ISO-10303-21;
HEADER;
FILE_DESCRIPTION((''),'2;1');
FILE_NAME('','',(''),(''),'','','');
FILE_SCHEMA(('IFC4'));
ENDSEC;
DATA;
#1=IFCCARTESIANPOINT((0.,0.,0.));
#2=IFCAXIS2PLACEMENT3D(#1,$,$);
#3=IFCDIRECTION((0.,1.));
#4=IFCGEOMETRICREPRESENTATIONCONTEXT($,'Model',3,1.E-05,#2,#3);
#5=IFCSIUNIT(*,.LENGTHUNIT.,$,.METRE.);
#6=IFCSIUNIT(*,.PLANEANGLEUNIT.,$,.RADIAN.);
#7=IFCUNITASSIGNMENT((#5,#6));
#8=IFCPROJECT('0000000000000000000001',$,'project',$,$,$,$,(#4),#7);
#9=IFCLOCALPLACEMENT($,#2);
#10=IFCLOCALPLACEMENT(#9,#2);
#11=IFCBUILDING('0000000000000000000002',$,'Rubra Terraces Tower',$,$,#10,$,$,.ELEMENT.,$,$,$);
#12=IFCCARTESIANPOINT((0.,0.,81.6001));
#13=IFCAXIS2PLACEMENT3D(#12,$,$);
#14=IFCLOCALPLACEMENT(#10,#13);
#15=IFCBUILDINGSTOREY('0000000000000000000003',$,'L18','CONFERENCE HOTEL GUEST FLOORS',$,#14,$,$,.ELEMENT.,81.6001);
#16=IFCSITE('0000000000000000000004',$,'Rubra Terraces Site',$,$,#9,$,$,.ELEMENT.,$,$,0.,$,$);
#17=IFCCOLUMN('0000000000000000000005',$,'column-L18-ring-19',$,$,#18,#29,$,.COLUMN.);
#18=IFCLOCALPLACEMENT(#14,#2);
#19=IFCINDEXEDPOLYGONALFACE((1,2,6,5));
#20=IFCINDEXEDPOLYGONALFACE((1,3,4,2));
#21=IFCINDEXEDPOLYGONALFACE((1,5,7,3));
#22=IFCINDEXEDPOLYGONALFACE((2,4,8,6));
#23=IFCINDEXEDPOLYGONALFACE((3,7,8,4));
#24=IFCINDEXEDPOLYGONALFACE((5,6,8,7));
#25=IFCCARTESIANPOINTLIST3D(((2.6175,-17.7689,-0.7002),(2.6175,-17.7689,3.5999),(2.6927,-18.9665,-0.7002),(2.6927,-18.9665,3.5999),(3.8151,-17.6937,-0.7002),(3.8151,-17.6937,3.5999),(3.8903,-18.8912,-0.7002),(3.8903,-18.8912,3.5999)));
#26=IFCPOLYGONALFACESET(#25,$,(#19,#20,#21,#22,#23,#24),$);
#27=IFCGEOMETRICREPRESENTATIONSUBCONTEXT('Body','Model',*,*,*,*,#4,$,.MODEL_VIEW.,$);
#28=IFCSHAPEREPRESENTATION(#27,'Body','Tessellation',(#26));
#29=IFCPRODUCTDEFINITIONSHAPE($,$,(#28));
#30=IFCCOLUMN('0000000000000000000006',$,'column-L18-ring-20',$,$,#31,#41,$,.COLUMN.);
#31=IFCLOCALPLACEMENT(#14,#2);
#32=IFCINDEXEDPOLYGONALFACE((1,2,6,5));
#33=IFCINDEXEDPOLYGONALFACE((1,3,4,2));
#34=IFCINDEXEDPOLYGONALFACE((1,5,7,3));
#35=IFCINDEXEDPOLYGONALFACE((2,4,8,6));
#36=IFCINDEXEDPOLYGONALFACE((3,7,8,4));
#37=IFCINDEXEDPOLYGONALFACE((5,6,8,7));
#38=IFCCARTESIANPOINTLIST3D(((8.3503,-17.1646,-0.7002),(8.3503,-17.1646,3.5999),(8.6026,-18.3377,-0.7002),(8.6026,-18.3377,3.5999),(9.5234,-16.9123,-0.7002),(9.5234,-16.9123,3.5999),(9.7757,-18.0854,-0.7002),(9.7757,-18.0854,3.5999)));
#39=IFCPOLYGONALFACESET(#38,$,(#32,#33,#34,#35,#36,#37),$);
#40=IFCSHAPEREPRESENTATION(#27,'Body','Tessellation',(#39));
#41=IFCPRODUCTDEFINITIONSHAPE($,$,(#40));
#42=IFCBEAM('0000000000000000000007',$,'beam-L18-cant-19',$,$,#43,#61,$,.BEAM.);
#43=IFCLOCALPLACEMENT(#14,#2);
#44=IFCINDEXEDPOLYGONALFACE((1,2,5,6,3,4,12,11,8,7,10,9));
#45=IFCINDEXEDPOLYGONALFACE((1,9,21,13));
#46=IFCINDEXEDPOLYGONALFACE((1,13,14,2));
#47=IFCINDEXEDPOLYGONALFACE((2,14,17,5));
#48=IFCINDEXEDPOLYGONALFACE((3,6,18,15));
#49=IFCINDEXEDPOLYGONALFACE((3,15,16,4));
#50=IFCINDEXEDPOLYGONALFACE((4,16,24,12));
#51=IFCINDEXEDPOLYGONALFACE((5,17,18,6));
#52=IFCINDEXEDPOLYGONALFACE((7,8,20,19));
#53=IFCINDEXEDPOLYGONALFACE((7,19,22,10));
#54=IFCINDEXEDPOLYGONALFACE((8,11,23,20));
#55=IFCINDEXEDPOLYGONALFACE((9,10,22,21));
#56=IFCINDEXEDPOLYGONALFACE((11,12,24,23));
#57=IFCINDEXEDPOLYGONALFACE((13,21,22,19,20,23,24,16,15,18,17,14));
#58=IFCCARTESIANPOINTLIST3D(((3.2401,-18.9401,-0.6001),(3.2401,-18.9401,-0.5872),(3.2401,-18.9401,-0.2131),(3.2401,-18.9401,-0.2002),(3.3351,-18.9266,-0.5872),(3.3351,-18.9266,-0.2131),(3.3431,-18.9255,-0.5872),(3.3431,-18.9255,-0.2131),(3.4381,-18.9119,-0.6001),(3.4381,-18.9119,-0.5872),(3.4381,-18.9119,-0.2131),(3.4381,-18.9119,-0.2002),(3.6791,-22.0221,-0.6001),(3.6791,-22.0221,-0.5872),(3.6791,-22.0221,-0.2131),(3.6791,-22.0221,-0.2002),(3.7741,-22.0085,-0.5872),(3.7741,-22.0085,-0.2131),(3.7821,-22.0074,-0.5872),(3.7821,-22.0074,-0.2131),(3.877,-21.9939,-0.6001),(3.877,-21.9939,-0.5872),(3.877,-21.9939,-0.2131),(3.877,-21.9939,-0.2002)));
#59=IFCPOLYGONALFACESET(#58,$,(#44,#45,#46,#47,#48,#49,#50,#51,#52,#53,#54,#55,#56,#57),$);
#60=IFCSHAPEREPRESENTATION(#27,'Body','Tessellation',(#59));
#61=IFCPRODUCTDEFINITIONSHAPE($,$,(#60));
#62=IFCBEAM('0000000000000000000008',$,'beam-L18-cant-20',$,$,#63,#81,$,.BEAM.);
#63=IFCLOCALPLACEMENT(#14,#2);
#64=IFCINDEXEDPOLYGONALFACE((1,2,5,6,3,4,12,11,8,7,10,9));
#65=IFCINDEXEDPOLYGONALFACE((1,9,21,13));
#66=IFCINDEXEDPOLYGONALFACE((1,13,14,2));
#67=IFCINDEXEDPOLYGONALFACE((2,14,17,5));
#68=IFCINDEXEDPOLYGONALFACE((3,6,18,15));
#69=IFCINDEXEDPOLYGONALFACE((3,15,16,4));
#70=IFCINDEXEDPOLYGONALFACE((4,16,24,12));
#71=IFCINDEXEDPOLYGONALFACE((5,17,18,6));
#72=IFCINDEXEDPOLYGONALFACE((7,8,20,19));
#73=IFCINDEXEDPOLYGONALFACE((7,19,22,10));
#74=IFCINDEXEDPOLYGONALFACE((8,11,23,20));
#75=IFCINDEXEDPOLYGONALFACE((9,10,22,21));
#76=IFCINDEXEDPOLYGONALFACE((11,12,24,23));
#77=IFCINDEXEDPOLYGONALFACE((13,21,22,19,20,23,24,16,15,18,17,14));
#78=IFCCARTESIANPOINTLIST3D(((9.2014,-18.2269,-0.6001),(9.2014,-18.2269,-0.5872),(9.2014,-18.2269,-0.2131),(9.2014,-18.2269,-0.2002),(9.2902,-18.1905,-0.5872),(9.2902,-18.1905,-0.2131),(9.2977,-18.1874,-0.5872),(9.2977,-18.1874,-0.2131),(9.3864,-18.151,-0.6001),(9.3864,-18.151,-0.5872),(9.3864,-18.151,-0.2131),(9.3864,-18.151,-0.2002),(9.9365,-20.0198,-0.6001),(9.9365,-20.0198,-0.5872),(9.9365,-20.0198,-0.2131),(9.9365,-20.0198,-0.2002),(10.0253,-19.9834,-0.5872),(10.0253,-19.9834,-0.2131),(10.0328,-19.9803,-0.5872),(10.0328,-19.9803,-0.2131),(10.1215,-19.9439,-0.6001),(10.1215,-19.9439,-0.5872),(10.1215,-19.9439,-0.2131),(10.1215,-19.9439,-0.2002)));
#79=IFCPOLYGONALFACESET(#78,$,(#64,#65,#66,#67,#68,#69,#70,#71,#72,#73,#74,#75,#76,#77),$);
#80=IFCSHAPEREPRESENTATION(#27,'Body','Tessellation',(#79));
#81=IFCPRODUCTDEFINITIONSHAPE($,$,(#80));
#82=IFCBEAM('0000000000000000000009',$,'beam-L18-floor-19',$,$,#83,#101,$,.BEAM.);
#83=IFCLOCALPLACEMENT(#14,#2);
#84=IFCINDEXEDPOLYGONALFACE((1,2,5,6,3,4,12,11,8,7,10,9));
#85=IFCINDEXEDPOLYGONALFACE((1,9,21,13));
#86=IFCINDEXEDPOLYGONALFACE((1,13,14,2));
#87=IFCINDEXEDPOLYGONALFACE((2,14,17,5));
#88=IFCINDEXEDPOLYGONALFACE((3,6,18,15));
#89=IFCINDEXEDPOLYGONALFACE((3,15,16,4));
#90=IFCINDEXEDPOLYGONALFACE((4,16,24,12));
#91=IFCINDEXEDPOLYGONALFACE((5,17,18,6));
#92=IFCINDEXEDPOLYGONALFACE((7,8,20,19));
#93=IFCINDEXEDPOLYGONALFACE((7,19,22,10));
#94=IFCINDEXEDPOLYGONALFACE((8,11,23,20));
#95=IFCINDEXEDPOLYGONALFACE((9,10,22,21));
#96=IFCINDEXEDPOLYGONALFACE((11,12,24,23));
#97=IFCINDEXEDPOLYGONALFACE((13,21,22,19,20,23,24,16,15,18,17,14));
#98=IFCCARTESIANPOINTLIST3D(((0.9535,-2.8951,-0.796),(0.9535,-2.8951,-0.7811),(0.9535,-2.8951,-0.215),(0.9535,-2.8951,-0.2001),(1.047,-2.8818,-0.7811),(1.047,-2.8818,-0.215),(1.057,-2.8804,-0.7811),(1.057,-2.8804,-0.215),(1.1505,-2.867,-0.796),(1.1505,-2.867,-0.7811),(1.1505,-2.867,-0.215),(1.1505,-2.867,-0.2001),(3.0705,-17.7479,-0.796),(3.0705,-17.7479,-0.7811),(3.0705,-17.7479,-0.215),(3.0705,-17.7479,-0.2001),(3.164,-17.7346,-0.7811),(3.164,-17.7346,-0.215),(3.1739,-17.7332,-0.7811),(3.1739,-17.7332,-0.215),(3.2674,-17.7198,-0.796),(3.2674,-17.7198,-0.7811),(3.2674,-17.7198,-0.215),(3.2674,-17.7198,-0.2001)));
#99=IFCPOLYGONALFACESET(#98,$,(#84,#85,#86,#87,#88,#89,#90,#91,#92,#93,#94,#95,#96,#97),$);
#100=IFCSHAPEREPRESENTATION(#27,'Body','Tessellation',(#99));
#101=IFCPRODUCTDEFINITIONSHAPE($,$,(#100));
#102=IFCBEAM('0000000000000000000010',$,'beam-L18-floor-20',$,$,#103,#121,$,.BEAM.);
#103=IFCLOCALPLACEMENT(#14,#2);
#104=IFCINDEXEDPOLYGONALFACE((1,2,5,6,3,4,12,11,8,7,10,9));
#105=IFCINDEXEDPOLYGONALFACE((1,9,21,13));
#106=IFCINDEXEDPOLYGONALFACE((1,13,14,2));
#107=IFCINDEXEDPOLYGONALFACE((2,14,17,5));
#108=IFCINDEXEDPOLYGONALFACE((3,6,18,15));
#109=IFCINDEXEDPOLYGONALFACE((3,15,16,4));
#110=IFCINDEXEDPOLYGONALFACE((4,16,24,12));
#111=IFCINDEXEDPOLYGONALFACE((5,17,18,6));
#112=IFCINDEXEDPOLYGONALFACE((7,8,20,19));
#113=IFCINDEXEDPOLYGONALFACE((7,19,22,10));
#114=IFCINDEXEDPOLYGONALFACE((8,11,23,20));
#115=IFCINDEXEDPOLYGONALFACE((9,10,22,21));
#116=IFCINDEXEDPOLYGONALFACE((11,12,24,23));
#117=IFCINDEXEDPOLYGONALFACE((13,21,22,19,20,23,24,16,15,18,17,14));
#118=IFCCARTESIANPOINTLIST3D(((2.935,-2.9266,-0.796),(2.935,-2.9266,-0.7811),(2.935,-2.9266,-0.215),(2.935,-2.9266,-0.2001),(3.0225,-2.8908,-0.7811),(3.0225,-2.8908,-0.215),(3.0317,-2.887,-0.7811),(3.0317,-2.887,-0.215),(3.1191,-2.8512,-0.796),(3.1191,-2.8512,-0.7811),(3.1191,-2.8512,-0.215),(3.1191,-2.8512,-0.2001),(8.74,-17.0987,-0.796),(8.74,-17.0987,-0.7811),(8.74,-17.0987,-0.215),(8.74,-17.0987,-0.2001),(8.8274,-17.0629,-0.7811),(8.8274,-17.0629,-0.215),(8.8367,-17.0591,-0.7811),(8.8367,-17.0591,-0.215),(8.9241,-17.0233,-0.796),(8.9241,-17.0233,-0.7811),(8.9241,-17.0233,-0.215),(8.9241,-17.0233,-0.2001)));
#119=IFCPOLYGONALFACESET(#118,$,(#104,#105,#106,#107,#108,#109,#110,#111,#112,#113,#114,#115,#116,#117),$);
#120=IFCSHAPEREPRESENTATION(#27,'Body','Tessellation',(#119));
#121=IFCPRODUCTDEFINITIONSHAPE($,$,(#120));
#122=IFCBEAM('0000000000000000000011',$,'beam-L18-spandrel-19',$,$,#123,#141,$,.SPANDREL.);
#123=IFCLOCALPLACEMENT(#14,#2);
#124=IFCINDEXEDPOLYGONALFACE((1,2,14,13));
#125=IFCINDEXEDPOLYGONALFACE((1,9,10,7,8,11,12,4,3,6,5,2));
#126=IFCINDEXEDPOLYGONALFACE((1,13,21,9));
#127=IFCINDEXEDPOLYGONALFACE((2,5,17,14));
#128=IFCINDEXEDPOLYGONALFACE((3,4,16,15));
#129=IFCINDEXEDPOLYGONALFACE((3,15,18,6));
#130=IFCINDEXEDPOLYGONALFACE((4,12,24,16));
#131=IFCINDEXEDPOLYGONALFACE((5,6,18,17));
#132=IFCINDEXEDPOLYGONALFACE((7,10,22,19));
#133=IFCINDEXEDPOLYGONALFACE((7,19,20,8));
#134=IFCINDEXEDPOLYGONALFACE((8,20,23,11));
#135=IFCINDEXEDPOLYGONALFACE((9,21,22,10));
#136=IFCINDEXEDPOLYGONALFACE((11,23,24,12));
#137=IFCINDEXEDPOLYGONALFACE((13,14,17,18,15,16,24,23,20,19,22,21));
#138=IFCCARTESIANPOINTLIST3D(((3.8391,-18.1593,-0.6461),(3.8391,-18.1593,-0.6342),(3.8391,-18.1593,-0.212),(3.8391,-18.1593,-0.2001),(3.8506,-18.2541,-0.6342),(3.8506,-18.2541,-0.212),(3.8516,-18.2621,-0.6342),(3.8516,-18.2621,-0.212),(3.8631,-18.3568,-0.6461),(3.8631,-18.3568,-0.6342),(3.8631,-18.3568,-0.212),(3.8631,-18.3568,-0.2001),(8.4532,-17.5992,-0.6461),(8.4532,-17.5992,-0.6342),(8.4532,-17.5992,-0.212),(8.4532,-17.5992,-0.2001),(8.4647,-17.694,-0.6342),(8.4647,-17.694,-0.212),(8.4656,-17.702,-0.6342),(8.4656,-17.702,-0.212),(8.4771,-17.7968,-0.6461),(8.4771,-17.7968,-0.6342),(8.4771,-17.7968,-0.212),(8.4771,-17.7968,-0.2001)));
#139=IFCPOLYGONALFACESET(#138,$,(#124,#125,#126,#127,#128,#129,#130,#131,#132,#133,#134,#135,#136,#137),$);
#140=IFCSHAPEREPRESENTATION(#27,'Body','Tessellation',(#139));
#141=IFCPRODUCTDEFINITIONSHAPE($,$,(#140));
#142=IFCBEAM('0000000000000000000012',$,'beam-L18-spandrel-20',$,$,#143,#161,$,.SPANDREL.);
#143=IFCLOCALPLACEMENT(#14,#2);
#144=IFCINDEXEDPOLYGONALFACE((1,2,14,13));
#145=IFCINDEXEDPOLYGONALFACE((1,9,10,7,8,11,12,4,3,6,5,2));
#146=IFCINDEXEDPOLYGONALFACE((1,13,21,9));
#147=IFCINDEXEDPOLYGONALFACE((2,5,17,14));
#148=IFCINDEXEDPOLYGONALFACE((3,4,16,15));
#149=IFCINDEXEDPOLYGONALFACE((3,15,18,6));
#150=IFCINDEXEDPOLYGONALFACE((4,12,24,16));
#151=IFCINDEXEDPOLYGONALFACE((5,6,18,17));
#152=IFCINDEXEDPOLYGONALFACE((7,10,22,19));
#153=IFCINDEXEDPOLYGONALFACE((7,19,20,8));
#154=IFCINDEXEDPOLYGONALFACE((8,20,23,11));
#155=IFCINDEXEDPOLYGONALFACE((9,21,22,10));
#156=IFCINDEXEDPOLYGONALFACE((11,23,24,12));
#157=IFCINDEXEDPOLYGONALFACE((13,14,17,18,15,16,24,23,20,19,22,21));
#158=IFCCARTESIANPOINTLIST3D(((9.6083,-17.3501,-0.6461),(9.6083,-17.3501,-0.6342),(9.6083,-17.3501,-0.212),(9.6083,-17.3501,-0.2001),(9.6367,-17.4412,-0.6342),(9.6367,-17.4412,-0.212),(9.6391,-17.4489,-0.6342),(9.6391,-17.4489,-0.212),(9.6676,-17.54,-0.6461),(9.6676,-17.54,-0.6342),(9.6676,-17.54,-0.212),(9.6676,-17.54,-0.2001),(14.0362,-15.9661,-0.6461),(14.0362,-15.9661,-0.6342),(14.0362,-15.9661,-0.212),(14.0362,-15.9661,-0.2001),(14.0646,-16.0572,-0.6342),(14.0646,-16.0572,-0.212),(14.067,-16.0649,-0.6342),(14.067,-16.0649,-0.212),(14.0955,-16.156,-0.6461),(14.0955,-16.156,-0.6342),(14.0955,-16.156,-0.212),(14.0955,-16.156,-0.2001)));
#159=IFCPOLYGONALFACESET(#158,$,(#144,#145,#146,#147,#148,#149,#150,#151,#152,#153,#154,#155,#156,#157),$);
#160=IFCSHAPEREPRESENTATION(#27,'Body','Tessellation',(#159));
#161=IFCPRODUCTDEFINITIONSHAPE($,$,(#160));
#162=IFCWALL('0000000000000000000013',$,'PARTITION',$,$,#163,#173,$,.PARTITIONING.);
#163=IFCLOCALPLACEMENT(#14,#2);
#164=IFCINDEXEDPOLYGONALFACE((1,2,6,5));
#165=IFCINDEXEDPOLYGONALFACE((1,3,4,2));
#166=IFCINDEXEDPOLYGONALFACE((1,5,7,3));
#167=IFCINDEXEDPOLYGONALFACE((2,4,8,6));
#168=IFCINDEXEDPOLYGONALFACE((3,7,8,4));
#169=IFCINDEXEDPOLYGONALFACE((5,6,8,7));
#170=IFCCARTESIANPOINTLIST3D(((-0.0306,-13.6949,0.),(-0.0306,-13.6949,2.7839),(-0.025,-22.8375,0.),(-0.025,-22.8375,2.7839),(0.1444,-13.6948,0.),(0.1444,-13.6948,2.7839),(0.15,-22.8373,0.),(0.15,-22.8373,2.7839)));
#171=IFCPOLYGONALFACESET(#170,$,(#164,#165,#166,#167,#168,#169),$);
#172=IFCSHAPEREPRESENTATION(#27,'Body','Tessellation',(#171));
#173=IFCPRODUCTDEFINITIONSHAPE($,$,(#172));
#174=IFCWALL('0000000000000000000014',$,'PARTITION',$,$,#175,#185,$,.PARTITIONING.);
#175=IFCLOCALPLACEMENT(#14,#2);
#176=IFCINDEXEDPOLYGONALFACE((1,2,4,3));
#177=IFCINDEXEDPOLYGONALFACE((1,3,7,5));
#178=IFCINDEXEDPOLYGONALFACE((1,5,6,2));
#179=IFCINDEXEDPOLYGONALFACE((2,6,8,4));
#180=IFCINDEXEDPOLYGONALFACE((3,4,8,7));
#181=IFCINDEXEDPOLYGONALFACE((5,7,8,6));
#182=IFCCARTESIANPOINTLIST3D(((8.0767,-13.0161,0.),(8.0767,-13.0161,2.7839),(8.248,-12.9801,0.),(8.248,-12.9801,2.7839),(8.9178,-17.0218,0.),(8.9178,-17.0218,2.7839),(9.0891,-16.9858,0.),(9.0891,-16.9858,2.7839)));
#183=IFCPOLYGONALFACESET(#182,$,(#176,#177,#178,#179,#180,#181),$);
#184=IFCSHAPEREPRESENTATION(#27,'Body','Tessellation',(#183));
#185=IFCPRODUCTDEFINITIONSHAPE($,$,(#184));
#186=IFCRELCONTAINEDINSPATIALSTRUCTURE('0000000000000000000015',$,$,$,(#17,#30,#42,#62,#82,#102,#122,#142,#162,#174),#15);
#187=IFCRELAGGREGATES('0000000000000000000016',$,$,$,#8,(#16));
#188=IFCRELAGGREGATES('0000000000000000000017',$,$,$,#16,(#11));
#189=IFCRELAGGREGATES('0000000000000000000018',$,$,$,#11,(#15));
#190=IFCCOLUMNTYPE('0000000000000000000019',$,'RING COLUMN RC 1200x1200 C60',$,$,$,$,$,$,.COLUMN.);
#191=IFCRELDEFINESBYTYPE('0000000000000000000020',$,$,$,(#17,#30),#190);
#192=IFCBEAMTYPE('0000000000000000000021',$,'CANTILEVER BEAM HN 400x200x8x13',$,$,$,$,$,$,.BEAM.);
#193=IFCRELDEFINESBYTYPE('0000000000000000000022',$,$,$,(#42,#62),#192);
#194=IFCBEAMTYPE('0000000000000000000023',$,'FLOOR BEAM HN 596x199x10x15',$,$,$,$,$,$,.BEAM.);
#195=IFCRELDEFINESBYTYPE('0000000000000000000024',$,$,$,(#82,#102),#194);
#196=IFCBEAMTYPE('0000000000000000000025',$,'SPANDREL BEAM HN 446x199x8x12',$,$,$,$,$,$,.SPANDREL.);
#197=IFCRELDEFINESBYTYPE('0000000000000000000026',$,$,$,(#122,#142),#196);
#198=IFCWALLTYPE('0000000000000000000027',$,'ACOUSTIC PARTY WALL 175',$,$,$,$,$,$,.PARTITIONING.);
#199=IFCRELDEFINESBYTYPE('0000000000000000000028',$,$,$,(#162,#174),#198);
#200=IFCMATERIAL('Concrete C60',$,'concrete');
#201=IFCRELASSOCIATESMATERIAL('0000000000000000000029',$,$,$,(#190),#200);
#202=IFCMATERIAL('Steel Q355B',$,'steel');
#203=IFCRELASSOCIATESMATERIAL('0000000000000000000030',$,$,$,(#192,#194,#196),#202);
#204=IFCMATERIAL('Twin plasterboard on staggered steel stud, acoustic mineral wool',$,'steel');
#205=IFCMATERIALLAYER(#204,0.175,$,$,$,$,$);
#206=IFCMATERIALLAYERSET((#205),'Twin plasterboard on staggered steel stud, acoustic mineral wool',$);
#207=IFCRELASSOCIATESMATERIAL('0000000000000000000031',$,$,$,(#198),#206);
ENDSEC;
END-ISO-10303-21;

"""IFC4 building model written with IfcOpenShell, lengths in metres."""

from ifc_helpers import new_model, si_unit, direction, frame, frame_2d, origin, origin_2d, place, context, subcontext, project, spatial, rectangle, i_section, extrude, material, layer, layer_set, material_profile, profile_set, type_object, element, save


model = new_model("IFC4")

# Units and contexts
model_context = context("Model", 3, precision=1e-05, world=origin(), true_north=direction((0.0, 1.0)))
body_context = subcontext(model_context, "Body", "Model", "MODEL_VIEW")
ifc_project = project(units=[si_unit("LENGTHUNIT", "METRE"), si_unit("PLANEANGLEUNIT", "RADIAN")], contexts=[model_context])

# Site, building, storey
site_placement = place(None, origin())
site = spatial("IfcSite", under=ifc_project, at=site_placement, Name="Rubra Terraces Site", CompositionType="ELEMENT", RefElevation=0.0)
building_placement = place(site_placement, origin())
building = spatial("IfcBuilding", under=site, at=building_placement, Name="Rubra Terraces Tower", CompositionType="ELEMENT")
storey_placement = place(building_placement, frame((0.0, 0.0, 81.6001)))
storey = spatial("IfcBuildingStorey", under=building, at=storey_placement, Name="L18", Description="CONFERENCE HOTEL GUEST FLOORS", CompositionType="ELEMENT", Elevation=81.6001)

# Columns
ifc_material_1 = material(Name="Concrete C60", Category="concrete")
ifc_material_profile_1 = material_profile(ifc_material_1, rectangle(XDim=1.2, YDim=1.2, at=origin_2d()), Name="RC 1200x1200")
ifc_profile_set_1 = profile_set([ifc_material_profile_1], Name="Concrete C60")
column_type = type_object("IfcColumnType", Name="RING COLUMN RC 1200x1200 C60", PredefinedType="COLUMN", material=ifc_profile_set_1)
for number, where, z_axis, x_axis, name in (
    (1, (3.2539, -18.3301, -0.7002), (0.0, 0.0, 1.0), (0.998032, 0.062714, 0.0), "column-L18-ring-19"),
    (2, (9.063, -17.625, -0.7002), (0.0, 0.0, 1.0), (0.977653, 0.210227, 0.0), "column-L18-ring-20"),
):
    element("IfcColumn", number, at=place(storey_placement, frame(where, z_axis=z_axis, x_axis=x_axis)), inside=storey, type_object=column_type, Name=name, PredefinedType="COLUMN", context=body_context, shape_type="SweptSolid", body=[
        extrude(rectangle(XDim=1.2, YDim=1.2, at=origin_2d()), origin(), (0.0, 0.0, 1.0), 4.3),
    ])

# Beams
ifc_material_2 = material(Name="Steel Q355B", Category="steel")
ifc_material_profile_2 = material_profile(ifc_material_2, i_section(OverallWidth=0.2, OverallDepth=0.3999, WebThickness=0.0081, FlangeThickness=0.0129, at=origin_2d()), Name="HN 400x200x8x13")
ifc_profile_set_2 = profile_set([ifc_material_profile_2], Name="Steel Q355B")
beam_type_1 = type_object("IfcBeamType", Name="CANTILEVER BEAM HN 400x200x8x13", PredefinedType="BEAM", material=ifc_profile_set_2)
beam_1_placement = place(storey_placement, frame((3.3391, -18.926, -0.4001), z_axis=(0.141004, -0.990009, 0.0), x_axis=(0.990009, 0.141004, 0.0)))
element("IfcBeam", 3, at=beam_1_placement, inside=storey, type_object=beam_type_1, Name="beam-L18-cant-19", PredefinedType="BEAM", context=body_context, shape_type="SweptSolid", body=[
    extrude(i_section(OverallWidth=0.2, OverallDepth=0.3999, WebThickness=0.0081, FlangeThickness=0.0129, at=origin_2d()), origin(), (0.0, 0.0, 1.0), 3.113),
])
beam_2_placement = place(storey_placement, frame((9.2939, -18.189, -0.4001), z_axis=(0.379349, -0.925254, 0.0), x_axis=(0.925254, 0.379349, 0.0)))
element("IfcBeam", 4, at=beam_2_placement, inside=storey, type_object=beam_type_1, Name="beam-L18-cant-20", PredefinedType="BEAM", context=body_context, shape_type="SweptSolid", body=[
    extrude(i_section(OverallWidth=0.2, OverallDepth=0.3999, WebThickness=0.0081, FlangeThickness=0.0129, at=origin_2d()), origin(), (0.0, 0.0, 1.0), 1.9377),
])
ifc_material_profile_3 = material_profile(ifc_material_2, i_section(OverallWidth=0.199, OverallDepth=0.5959, WebThickness=0.01, FlangeThickness=0.0149, at=origin_2d()), Name="HN 596x199x10x15")
ifc_profile_set_3 = profile_set([ifc_material_profile_3], Name="Steel Q355B")
beam_type_2 = type_object("IfcBeamType", Name="FLOOR BEAM HN 596x199x10x15", PredefinedType="BEAM", material=ifc_profile_set_3)
beam_3_placement = place(storey_placement, frame((3.1689, -17.7339, -0.498), z_axis=(-0.141102, 0.989995, 0.0), x_axis=(-0.989995, -0.141102, 0.0)))
element("IfcBeam", 5, at=beam_3_placement, inside=storey, type_object=beam_type_2, Name="beam-L18-floor-19", PredefinedType="BEAM", context=body_context, shape_type="SweptSolid", body=[
    extrude(i_section(OverallWidth=0.199, OverallDepth=0.5959, WebThickness=0.01, FlangeThickness=0.0149, at=origin_2d()), origin(), (0.0, 0.0, 1.0), 15.0029),
])
beam_4_placement = place(storey_placement, frame((8.832, -17.061, -0.498), z_axis=(-0.379038, 0.925381, 0.0), x_axis=(-0.925381, -0.379038, 0.0)))
element("IfcBeam", 6, at=beam_4_placement, inside=storey, type_object=beam_type_2, Name="beam-L18-floor-20", PredefinedType="BEAM", context=body_context, shape_type="SweptSolid", body=[
    extrude(i_section(OverallWidth=0.199, OverallDepth=0.5959, WebThickness=0.01, FlangeThickness=0.0149, at=origin_2d()), origin(), (0.0, 0.0, 1.0), 15.3149),
])
ifc_material_profile_4 = material_profile(ifc_material_2, i_section(OverallWidth=0.199, OverallDepth=0.446, WebThickness=0.0081, FlangeThickness=0.012, at=origin_2d()), Name="HN 446x199x8x12")
ifc_profile_set_4 = profile_set([ifc_material_profile_4], Name="Steel Q355B")
beam_type_3 = type_object("IfcBeamType", Name="SPANDREL BEAM HN 446x199x8x12", PredefinedType="SPANDREL", material=ifc_profile_set_4)
beam_5_placement = place(storey_placement, frame((3.8511, -18.2581, -0.4231), z_axis=(0.992714, 0.120498, 0.0), x_axis=(-0.120498, 0.992714, 0.0)))
element("IfcBeam", 7, at=beam_5_placement, inside=storey, type_object=beam_type_3, Name="beam-L18-spandrel-19", PredefinedType="SPANDREL", context=body_context, shape_type="SweptSolid", body=[
    extrude(i_section(OverallWidth=0.199, OverallDepth=0.446, WebThickness=0.0081, FlangeThickness=0.012, at=origin_2d()), origin(), (0.0, 0.0, 1.0), 4.6479),
])
beam_6_placement = place(storey_placement, frame((9.6379, -17.4451, -0.4231), z_axis=(0.954462, 0.298332, 0.0), x_axis=(-0.298332, 0.954462, 0.0)))
element("IfcBeam", 8, at=beam_6_placement, inside=storey, type_object=beam_type_3, Name="beam-L18-spandrel-20", PredefinedType="SPANDREL", context=body_context, shape_type="SweptSolid", body=[
    extrude(i_section(OverallWidth=0.199, OverallDepth=0.446, WebThickness=0.0081, FlangeThickness=0.012, at=origin_2d()), origin(), (0.0, 0.0, 1.0), 4.6392),
])

# Walls
ifc_material_3 = material(Name="Twin plasterboard on staggered steel stud, acoustic mineral wool", Category="steel")
ifc_layer_1 = layer(ifc_material_3, 0.175)
ifc_layer_set_1 = layer_set([ifc_layer_1], Name="Twin plasterboard on staggered steel stud, acoustic mineral wool")
wall_type_1 = type_object("IfcWallType", Name="ACOUSTIC PARTY WALL 175", PredefinedType="PARTITIONING", material=ifc_layer_set_1)
wall_1_placement = place(storey_placement, frame((0.0625, -22.8374, 0.0), z_axis=(0.0, 0.0, 1.0), x_axis=(-0.000614, 1.0, 0.0)))
element("IfcWall", 9, at=wall_1_placement, inside=storey, type_object=wall_type_1, Name="PARTITION", PredefinedType="PARTITIONING", context=body_context, shape_type="SweptSolid", body=[
    extrude(rectangle(XDim=9.1426, YDim=0.175, at=frame_2d((4.5713, 0.0))), origin(), (0.0, 0.0, 1.0), 2.7839),
])
wall_2_placement = place(storey_placement, frame((9.0034, -17.0037, 0.0), z_axis=(0.0, 0.0, 1.0), x_axis=(-0.20549, 0.978659, 0.0)))
element("IfcWall", 10, at=wall_2_placement, inside=storey, type_object=wall_type_1, Name="PARTITION", PredefinedType="PARTITIONING", context=body_context, shape_type="SweptSolid", body=[
    extrude(rectangle(XDim=4.093, YDim=0.175, at=frame_2d((2.0464, 0.0))), origin(), (0.0, 0.0, 1.0), 2.7839),
])

save(model, "model.ifc")
